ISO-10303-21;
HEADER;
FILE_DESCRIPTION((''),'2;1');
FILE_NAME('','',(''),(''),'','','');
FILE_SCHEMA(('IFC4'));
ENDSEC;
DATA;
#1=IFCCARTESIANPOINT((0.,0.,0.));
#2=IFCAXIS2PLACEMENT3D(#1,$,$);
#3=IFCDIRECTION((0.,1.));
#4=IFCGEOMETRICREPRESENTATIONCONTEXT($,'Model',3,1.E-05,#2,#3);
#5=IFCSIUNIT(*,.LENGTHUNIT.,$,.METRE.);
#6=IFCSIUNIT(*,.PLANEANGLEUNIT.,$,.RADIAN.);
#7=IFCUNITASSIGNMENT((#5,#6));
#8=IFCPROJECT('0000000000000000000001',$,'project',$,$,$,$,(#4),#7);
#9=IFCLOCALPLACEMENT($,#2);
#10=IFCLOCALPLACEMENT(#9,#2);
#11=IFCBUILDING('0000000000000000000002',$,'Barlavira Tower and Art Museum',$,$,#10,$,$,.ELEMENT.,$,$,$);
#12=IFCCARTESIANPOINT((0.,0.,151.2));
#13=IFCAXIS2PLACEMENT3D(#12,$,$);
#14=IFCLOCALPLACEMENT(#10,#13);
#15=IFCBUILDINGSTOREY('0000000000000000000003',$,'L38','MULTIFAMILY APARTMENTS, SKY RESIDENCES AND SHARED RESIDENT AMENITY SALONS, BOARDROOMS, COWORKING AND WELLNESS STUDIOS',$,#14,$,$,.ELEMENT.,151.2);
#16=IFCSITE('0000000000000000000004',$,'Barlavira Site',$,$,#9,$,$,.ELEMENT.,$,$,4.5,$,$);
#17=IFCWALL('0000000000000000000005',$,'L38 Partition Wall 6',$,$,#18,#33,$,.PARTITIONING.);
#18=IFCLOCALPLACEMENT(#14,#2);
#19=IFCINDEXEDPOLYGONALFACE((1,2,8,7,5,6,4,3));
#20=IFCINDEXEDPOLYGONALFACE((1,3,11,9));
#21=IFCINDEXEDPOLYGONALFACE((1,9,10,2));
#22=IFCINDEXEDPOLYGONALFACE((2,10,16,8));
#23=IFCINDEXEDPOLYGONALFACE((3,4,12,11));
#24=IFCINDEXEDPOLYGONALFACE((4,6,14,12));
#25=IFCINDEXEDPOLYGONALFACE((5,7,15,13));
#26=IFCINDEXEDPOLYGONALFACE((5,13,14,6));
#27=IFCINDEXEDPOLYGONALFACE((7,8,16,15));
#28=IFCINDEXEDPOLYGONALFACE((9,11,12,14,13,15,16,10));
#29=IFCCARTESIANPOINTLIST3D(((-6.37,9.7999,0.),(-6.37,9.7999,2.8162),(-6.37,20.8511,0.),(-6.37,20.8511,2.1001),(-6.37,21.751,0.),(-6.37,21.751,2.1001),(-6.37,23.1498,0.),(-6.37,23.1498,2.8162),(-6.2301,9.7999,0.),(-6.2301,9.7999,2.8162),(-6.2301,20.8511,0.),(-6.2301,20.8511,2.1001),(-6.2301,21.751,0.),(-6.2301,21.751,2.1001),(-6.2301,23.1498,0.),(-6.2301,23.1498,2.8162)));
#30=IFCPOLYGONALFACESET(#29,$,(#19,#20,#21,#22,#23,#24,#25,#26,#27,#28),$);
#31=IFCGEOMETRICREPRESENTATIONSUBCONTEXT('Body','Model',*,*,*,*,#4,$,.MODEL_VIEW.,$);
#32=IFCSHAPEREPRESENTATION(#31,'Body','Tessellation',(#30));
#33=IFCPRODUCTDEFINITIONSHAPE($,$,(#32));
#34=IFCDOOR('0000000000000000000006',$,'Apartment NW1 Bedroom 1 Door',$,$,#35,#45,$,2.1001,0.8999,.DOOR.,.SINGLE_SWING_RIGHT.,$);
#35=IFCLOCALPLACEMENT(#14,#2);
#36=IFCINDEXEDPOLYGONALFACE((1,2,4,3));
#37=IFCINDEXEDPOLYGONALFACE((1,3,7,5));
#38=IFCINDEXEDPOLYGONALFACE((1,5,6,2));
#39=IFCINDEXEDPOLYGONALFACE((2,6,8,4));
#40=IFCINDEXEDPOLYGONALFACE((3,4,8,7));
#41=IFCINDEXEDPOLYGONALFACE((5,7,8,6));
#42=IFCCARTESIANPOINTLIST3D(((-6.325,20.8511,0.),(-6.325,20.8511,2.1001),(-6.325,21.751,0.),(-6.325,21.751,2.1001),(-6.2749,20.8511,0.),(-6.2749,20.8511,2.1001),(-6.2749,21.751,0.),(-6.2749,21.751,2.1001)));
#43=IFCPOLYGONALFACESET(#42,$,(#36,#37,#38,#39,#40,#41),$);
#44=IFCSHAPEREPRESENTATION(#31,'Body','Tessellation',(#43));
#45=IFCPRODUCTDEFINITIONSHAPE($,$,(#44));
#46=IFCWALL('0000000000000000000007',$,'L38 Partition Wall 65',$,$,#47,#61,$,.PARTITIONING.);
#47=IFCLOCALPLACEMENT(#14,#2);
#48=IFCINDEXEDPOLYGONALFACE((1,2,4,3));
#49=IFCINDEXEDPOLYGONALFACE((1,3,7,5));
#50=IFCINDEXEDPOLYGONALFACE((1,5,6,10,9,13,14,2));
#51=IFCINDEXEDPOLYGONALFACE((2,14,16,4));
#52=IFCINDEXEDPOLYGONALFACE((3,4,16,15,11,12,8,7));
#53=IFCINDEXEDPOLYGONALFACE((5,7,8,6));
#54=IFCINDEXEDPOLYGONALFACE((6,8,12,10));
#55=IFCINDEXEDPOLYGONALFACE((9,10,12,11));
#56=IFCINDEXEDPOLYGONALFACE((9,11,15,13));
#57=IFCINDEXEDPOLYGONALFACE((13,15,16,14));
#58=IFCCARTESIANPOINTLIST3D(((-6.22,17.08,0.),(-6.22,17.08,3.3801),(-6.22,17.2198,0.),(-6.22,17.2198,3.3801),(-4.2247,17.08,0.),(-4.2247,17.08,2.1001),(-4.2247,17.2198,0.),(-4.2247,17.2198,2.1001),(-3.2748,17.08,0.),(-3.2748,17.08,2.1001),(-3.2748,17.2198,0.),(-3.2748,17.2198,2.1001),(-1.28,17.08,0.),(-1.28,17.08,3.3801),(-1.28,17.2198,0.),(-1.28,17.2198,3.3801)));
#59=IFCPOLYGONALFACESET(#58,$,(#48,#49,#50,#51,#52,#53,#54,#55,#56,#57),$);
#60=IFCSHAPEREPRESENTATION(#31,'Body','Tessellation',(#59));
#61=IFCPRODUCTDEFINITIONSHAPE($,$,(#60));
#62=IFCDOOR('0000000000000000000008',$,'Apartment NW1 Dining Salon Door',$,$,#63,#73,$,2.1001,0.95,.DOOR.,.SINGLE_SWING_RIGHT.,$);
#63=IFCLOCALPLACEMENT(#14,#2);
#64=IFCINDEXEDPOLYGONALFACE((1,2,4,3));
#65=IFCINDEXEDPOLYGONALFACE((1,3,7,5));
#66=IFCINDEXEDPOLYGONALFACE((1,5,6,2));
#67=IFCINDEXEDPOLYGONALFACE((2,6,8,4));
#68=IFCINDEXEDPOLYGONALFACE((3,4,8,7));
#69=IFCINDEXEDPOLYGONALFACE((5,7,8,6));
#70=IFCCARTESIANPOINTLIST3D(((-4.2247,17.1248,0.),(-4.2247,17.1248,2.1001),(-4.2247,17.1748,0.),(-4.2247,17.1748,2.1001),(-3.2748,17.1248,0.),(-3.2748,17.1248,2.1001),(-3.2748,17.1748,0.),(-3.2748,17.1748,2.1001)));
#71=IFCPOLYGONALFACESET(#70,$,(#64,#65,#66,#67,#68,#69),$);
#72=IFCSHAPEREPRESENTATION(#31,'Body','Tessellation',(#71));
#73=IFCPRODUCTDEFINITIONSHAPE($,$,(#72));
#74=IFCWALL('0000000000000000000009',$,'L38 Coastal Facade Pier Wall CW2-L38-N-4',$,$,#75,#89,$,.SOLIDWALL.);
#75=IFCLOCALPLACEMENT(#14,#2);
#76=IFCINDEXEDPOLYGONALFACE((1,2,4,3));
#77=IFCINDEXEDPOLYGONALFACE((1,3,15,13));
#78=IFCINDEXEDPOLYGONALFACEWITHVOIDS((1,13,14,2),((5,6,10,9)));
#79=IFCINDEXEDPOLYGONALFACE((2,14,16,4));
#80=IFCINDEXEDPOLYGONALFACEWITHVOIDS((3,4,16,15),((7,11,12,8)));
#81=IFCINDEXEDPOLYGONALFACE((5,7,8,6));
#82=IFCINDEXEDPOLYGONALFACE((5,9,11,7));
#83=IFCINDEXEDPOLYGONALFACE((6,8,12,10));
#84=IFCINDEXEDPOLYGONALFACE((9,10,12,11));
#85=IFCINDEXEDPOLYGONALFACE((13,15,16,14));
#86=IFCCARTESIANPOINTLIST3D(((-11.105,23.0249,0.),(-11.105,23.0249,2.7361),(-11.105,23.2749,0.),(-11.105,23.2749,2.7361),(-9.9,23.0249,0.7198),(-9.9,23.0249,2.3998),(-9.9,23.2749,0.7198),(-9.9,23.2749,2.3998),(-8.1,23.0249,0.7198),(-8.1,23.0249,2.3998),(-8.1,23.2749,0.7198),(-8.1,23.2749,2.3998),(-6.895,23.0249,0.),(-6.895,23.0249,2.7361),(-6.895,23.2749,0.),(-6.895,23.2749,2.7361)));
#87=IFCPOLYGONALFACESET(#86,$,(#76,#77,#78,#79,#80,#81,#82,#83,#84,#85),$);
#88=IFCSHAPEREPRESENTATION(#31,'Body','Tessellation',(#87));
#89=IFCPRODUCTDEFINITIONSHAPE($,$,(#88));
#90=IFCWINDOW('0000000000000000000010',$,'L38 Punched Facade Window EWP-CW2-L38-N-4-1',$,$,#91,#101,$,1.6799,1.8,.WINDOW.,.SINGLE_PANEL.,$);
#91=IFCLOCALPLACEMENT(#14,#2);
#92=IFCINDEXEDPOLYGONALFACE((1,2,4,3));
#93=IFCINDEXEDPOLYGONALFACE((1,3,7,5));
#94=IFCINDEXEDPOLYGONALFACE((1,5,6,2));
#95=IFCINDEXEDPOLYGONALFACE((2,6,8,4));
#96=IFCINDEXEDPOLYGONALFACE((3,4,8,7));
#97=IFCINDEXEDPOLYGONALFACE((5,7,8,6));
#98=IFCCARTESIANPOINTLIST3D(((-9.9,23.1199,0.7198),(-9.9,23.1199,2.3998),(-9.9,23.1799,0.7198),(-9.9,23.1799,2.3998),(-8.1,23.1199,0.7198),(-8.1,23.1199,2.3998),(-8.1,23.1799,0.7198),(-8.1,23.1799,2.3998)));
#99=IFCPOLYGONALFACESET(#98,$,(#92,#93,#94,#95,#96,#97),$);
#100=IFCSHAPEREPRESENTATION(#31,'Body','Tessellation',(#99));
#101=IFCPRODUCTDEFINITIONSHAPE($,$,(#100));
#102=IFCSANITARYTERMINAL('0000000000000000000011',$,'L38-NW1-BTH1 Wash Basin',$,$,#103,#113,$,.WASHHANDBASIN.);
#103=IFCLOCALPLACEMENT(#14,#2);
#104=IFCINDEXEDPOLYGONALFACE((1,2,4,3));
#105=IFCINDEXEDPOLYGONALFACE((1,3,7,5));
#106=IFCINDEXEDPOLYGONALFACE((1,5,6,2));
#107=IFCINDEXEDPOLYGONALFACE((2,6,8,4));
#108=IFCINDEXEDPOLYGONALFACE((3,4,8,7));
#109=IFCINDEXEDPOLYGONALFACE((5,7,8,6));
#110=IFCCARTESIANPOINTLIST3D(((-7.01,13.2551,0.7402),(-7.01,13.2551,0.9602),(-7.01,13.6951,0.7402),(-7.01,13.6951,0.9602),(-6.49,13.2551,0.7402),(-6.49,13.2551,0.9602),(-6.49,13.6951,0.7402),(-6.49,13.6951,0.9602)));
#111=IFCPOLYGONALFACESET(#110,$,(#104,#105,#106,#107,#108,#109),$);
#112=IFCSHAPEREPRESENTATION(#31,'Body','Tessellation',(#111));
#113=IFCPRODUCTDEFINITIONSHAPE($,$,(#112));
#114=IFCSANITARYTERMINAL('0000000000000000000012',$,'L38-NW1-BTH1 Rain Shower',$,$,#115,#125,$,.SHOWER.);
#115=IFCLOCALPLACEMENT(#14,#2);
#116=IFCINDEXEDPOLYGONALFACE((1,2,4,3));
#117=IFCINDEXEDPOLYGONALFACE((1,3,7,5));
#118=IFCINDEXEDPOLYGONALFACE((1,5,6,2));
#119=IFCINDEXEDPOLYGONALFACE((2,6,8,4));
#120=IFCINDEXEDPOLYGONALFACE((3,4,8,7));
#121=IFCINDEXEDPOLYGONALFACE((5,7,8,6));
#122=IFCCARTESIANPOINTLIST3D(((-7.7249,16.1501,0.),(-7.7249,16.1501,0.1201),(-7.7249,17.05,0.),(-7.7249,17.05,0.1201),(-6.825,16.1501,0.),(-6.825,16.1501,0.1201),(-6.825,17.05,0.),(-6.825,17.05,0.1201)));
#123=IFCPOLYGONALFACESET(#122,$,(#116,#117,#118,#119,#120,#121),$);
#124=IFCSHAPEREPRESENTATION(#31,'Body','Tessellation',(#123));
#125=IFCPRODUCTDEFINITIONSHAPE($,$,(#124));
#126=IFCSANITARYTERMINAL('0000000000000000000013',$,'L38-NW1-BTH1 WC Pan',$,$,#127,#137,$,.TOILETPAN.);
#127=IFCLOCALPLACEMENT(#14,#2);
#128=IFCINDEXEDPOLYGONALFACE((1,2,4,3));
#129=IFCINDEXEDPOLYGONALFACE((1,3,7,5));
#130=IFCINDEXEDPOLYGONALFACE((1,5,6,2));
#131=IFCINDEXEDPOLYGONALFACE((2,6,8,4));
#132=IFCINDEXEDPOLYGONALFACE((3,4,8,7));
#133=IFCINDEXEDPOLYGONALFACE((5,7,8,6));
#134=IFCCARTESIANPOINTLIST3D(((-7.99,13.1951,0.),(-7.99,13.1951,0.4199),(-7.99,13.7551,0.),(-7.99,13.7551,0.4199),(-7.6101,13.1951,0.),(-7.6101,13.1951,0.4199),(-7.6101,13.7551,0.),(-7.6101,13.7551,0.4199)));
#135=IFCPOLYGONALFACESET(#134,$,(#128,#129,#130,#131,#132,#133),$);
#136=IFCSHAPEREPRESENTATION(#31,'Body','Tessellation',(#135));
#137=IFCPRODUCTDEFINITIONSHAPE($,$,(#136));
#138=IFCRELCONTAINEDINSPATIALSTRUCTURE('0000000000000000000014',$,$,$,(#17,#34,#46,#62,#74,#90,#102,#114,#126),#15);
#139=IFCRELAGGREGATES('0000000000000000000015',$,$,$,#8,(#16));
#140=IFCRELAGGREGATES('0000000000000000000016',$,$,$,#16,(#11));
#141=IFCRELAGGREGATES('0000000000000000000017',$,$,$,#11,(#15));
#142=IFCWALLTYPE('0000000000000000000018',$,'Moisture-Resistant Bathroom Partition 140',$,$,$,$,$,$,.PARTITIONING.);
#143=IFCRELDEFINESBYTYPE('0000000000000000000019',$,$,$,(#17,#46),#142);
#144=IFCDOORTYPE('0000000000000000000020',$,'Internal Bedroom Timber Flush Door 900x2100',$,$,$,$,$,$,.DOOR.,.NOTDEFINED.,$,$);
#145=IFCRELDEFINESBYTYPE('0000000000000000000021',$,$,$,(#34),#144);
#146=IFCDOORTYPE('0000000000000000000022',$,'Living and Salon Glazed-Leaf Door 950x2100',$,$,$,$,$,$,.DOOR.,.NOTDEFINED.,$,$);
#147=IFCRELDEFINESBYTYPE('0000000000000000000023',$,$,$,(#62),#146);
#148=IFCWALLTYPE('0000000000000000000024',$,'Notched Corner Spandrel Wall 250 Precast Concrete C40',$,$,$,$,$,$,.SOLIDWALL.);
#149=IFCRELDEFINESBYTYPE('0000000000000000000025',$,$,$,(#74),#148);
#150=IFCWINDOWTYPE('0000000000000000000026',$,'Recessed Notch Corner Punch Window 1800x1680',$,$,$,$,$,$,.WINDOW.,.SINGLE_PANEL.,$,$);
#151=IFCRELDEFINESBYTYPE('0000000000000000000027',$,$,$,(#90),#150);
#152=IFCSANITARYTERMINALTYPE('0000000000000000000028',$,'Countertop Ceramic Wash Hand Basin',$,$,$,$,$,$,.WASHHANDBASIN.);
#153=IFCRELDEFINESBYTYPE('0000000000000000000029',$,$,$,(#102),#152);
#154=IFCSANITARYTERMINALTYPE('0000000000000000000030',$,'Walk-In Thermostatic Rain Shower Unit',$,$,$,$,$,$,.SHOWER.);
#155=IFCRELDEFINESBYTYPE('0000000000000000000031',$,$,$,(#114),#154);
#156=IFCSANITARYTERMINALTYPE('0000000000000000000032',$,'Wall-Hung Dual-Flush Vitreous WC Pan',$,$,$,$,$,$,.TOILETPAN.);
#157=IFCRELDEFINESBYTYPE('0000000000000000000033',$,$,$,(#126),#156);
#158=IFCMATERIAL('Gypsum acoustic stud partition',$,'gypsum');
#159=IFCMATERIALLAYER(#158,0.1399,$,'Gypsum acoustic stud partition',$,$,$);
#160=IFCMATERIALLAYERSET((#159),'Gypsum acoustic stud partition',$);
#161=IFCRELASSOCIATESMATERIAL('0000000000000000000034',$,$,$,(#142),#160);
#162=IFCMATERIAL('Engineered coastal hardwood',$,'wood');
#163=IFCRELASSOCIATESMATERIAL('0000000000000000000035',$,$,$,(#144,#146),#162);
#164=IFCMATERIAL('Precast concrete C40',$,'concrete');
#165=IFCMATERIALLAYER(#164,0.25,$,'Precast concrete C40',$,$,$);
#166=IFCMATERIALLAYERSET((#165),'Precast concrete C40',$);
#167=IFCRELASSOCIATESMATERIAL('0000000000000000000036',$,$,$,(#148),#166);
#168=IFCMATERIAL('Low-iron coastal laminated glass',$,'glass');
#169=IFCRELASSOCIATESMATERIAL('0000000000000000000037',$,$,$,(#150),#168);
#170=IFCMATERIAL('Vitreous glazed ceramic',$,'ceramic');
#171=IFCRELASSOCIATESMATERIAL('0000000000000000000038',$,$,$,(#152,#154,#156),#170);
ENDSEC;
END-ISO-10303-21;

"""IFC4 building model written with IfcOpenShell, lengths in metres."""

from ifc_helpers import new_model, si_unit, direction, frame, frame_2d, origin, origin_2d, place, context, subcontext, project, spatial, rectangle, extrude, material, layer, layer_set, type_object, element, fill, save


model = new_model("IFC4")

# Units and contexts
model_context = context("Model", 3, precision=1e-05, world=origin(), true_north=direction((0.0, 1.0)))
body_context = subcontext(model_context, "Body", "Model", "MODEL_VIEW")
ifc_project = project(units=[si_unit("LENGTHUNIT", "METRE"), si_unit("PLANEANGLEUNIT", "RADIAN")], contexts=[model_context])

# Site, building, storey
site_placement = place(None, origin())
site = spatial("IfcSite", under=ifc_project, at=site_placement, Name="Barlavira Site", CompositionType="ELEMENT", RefElevation=4.5)
building_placement = place(site_placement, origin())
building = spatial("IfcBuilding", under=site, at=building_placement, Name="Barlavira Tower and Art Museum", CompositionType="ELEMENT")
storey_placement = place(building_placement, frame((0.0, 0.0, 151.2)))
storey = spatial("IfcBuildingStorey", under=building, at=storey_placement, Name="L38", Description="MULTIFAMILY APARTMENTS, SKY RESIDENCES AND SHARED RESIDENT AMENITY SALONS, BOARDROOMS, COWORKING AND WELLNESS STUDIOS", CompositionType="ELEMENT", Elevation=151.2)

# Shared definitions
ifc_material_1 = material(Name="Low-iron coastal laminated glass", Category="glass")

# Shared definitions
ifc_material_2 = material(Name="Gypsum acoustic stud partition", Category="gypsum")

# Walls, openings, doors
ifc_layer_1 = layer(ifc_material_2, 0.1399, Name="Gypsum acoustic stud partition")
ifc_layer_set_1 = layer_set([ifc_layer_1], Name="Gypsum acoustic stud partition")
wall_type_1 = type_object("IfcWallType", Name="Moisture-Resistant Bathroom Partition 140", PredefinedType="PARTITIONING", material=ifc_layer_set_1)
wall_1_placement = place(storey_placement, frame((-6.3, 9.8, 0.0), z_axis=(0.0, 0.0, 1.0), x_axis=(0.0, 1.0, 0.0)))
wall_1 = element("IfcWall", 1, at=wall_1_placement, inside=storey, type_object=wall_type_1, Name="L38 Partition Wall 6", PredefinedType="PARTITIONING", context=body_context, shape_type="SweptSolid", body=[
    extrude(rectangle(XDim=13.3499, YDim=0.1399, at=frame_2d((6.6748, 0.0))), origin(), (0.0, 0.0, 1.0), 2.8162),
])
opening_1_placement = place(wall_1_placement, frame((11.051, 0.0, 0.0)))
opening_1 = element("IfcOpeningElement", 2, at=opening_1_placement, cuts=wall_1, PredefinedType="OPENING", context=body_context, shape_type="SweptSolid", body=[
    extrude(rectangle(XDim=0.8999, YDim=2.1001, at=frame_2d((0.45, 1.05))), frame((0.0, 0.0801, 0.0), z_axis=(0.0, -1.0, 0.0), x_axis=(1.0, 0.0, 0.0)), (0.0, 0.0, 1.0), 0.1599),
])
ifc_material_3 = material(Name="Engineered coastal hardwood", Category="wood")
door_type_1 = type_object("IfcDoorType", Name="Internal Bedroom Timber Flush Door 900x2100", OperationType="NOTDEFINED", PredefinedType="DOOR", material=ifc_material_3)
door_1_placement = place(opening_1_placement, origin())
door_1 = element("IfcDoor", 3, at=door_1_placement, inside=storey, type_object=door_type_1, Name="Apartment NW1 Bedroom 1 Door", OperationType="SINGLE_SWING_RIGHT", OverallHeight=2.1001, OverallWidth=0.8999, PredefinedType="DOOR", context=body_context, shape_type="SweptSolid", body=[
    extrude(rectangle(XDim=0.8999, YDim=2.1001, at=frame_2d((0.45, 1.05))), frame((0.0, 0.0249, 0.0), z_axis=(0.0, -1.0, 0.0), x_axis=(1.0, 0.0, 0.0)), (0.0, 0.0, 1.0), 0.05),
])
fill(opening_1, door_1)
wall_2_placement = place(storey_placement, frame((-6.22, 17.1499, 0.0), z_axis=(0.0, 0.0, 1.0), x_axis=(1.0, 0.0, 0.0)))
wall_2 = element("IfcWall", 4, at=wall_2_placement, inside=storey, type_object=wall_type_1, Name="L38 Partition Wall 65", PredefinedType="PARTITIONING", context=body_context, shape_type="SweptSolid", body=[
    extrude(rectangle(XDim=4.9399, YDim=0.1399, at=frame_2d((2.47, 0.0))), origin(), (0.0, 0.0, 1.0), 3.3801),
])
opening_2_placement = place(wall_2_placement, frame((1.9951, 0.0, 0.0)))
opening_2 = element("IfcOpeningElement", 5, at=opening_2_placement, cuts=wall_2, PredefinedType="OPENING", context=body_context, shape_type="SweptSolid", body=[
    extrude(rectangle(XDim=0.95, YDim=2.1001, at=frame_2d((0.4751, 1.05))), frame((0.0, 0.0801, 0.0), z_axis=(0.0, -1.0, 0.0), x_axis=(1.0, 0.0, 0.0)), (0.0, 0.0, 1.0), 0.1599),
])
door_type_2 = type_object("IfcDoorType", Name="Living and Salon Glazed-Leaf Door 950x2100", OperationType="NOTDEFINED", PredefinedType="DOOR", material=ifc_material_3)
door_2_placement = place(opening_2_placement, origin())
door_2 = element("IfcDoor", 6, at=door_2_placement, inside=storey, type_object=door_type_2, Name="Apartment NW1 Dining Salon Door", OperationType="SINGLE_SWING_RIGHT", OverallHeight=2.1001, OverallWidth=0.95, PredefinedType="DOOR", context=body_context, shape_type="SweptSolid", body=[
    extrude(rectangle(XDim=0.95, YDim=2.1001, at=frame_2d((0.4751, 1.05))), frame((0.0, 0.0249, 0.0), z_axis=(0.0, -1.0, 0.0), x_axis=(1.0, 0.0, 0.0)), (0.0, 0.0, 1.0), 0.05),
])
fill(opening_2, door_2)

# Wall, opening, window
ifc_material_4 = material(Name="Precast concrete C40", Category="concrete")
ifc_layer_2 = layer(ifc_material_4, 0.25, Name="Precast concrete C40")
ifc_layer_set_2 = layer_set([ifc_layer_2], Name="Precast concrete C40")
wall_type_2 = type_object("IfcWallType", Name="Notched Corner Spandrel Wall 250 Precast Concrete C40", PredefinedType="SOLIDWALL", material=ifc_layer_set_2)
wall_3_placement = place(storey_placement, frame((-6.895, 23.1499, 0.0), z_axis=(0.0, 0.0, 1.0), x_axis=(-1.0, 0.0, 0.0)))
wall_3 = element("IfcWall", 7, at=wall_3_placement, inside=storey, type_object=wall_type_2, Name="L38 Coastal Facade Pier Wall CW2-L38-N-4", PredefinedType="SOLIDWALL", context=body_context, shape_type="SweptSolid", body=[
    extrude(rectangle(XDim=4.21, YDim=0.25, at=frame_2d((2.105, 0.0))), origin(), (0.0, 0.0, 1.0), 2.7361),
])
opening_3_placement = place(wall_3_placement, frame((1.2051, 0.0, 0.72)))
opening_3 = element("IfcOpeningElement", 8, at=opening_3_placement, cuts=wall_3, PredefinedType="OPENING", context=body_context, shape_type="SweptSolid", body=[
    extrude(rectangle(XDim=1.8, YDim=1.6799, at=frame_2d((0.8999, 0.8398))), frame((0.0, 0.135, 0.0), z_axis=(0.0, -1.0, 0.0), x_axis=(1.0, 0.0, 0.0)), (0.0, 0.0, 1.0), 0.27),
])
window_type = type_object("IfcWindowType", Name="Recessed Notch Corner Punch Window 1800x1680", PartitioningType="SINGLE_PANEL", PredefinedType="WINDOW", material=ifc_material_1)
window_placement = place(opening_3_placement, origin())
window = element("IfcWindow", 9, at=window_placement, inside=storey, type_object=window_type, Name="L38 Punched Facade Window EWP-CW2-L38-N-4-1", OverallHeight=1.6799, OverallWidth=1.8, PartitioningType="SINGLE_PANEL", PredefinedType="WINDOW", context=body_context, shape_type="SweptSolid", body=[
    extrude(rectangle(XDim=1.8, YDim=1.6799, at=frame_2d((0.8999, 0.8398))), frame((0.0, 0.03, 0.0), z_axis=(0.0, -1.0, 0.0), x_axis=(1.0, 0.0, 0.0)), (0.0, 0.0, 1.0), 0.0601),
])
fill(opening_3, window)

# Sanitary terminals
ifc_material_5 = material(Name="Vitreous glazed ceramic", Category="ceramic")
sanitary_terminal_type_1 = type_object("IfcSanitaryTerminalType", Name="Countertop Ceramic Wash Hand Basin", PredefinedType="WASHHANDBASIN", material=ifc_material_5)
sanitary_terminal_1_placement = place(storey_placement, frame((-6.75, 13.4751, 0.7402), z_axis=(0.0, 0.0, 1.0), x_axis=(1.0, 0.0, 0.0)))
element("IfcSanitaryTerminal", 10, at=sanitary_terminal_1_placement, inside=storey, type_object=sanitary_terminal_type_1, Name="L38-NW1-BTH1 Wash Basin", PredefinedType="WASHHANDBASIN", context=body_context, shape_type="SweptSolid", body=[
    extrude(rectangle(XDim=0.52, YDim=0.4399, at=origin_2d()), origin(), (0.0, 0.0, 1.0), 0.22),
])
sanitary_terminal_type_2 = type_object("IfcSanitaryTerminalType", Name="Walk-In Thermostatic Rain Shower Unit", PredefinedType="SHOWER", material=ifc_material_5)
sanitary_terminal_2_placement = place(storey_placement, frame((-7.2749, 16.6001, 0.0), z_axis=(0.0, 0.0, 1.0), x_axis=(1.0, 0.0, 0.0)))
element("IfcSanitaryTerminal", 11, at=sanitary_terminal_2_placement, inside=storey, type_object=sanitary_terminal_type_2, Name="L38-NW1-BTH1 Rain Shower", PredefinedType="SHOWER", context=body_context, shape_type="SweptSolid", body=[
    extrude(rectangle(XDim=0.8999, YDim=0.8999, at=origin_2d()), origin(), (0.0, 0.0, 1.0), 0.1201),
])
sanitary_terminal_type_3 = type_object("IfcSanitaryTerminalType", Name="Wall-Hung Dual-Flush Vitreous WC Pan", PredefinedType="TOILETPAN", material=ifc_material_5)
sanitary_terminal_3_placement = place(storey_placement, frame((-7.8, 13.4751, 0.0), z_axis=(0.0, 0.0, 1.0), x_axis=(1.0, 0.0, 0.0)))
element("IfcSanitaryTerminal", 12, at=sanitary_terminal_3_placement, inside=storey, type_object=sanitary_terminal_type_3, Name="L38-NW1-BTH1 WC Pan", PredefinedType="TOILETPAN", context=body_context, shape_type="SweptSolid", body=[
    extrude(rectangle(XDim=0.3799, YDim=0.5601, at=origin_2d()), origin(), (0.0, 0.0, 1.0), 0.4199),
])

save(model, "model.ifc")
